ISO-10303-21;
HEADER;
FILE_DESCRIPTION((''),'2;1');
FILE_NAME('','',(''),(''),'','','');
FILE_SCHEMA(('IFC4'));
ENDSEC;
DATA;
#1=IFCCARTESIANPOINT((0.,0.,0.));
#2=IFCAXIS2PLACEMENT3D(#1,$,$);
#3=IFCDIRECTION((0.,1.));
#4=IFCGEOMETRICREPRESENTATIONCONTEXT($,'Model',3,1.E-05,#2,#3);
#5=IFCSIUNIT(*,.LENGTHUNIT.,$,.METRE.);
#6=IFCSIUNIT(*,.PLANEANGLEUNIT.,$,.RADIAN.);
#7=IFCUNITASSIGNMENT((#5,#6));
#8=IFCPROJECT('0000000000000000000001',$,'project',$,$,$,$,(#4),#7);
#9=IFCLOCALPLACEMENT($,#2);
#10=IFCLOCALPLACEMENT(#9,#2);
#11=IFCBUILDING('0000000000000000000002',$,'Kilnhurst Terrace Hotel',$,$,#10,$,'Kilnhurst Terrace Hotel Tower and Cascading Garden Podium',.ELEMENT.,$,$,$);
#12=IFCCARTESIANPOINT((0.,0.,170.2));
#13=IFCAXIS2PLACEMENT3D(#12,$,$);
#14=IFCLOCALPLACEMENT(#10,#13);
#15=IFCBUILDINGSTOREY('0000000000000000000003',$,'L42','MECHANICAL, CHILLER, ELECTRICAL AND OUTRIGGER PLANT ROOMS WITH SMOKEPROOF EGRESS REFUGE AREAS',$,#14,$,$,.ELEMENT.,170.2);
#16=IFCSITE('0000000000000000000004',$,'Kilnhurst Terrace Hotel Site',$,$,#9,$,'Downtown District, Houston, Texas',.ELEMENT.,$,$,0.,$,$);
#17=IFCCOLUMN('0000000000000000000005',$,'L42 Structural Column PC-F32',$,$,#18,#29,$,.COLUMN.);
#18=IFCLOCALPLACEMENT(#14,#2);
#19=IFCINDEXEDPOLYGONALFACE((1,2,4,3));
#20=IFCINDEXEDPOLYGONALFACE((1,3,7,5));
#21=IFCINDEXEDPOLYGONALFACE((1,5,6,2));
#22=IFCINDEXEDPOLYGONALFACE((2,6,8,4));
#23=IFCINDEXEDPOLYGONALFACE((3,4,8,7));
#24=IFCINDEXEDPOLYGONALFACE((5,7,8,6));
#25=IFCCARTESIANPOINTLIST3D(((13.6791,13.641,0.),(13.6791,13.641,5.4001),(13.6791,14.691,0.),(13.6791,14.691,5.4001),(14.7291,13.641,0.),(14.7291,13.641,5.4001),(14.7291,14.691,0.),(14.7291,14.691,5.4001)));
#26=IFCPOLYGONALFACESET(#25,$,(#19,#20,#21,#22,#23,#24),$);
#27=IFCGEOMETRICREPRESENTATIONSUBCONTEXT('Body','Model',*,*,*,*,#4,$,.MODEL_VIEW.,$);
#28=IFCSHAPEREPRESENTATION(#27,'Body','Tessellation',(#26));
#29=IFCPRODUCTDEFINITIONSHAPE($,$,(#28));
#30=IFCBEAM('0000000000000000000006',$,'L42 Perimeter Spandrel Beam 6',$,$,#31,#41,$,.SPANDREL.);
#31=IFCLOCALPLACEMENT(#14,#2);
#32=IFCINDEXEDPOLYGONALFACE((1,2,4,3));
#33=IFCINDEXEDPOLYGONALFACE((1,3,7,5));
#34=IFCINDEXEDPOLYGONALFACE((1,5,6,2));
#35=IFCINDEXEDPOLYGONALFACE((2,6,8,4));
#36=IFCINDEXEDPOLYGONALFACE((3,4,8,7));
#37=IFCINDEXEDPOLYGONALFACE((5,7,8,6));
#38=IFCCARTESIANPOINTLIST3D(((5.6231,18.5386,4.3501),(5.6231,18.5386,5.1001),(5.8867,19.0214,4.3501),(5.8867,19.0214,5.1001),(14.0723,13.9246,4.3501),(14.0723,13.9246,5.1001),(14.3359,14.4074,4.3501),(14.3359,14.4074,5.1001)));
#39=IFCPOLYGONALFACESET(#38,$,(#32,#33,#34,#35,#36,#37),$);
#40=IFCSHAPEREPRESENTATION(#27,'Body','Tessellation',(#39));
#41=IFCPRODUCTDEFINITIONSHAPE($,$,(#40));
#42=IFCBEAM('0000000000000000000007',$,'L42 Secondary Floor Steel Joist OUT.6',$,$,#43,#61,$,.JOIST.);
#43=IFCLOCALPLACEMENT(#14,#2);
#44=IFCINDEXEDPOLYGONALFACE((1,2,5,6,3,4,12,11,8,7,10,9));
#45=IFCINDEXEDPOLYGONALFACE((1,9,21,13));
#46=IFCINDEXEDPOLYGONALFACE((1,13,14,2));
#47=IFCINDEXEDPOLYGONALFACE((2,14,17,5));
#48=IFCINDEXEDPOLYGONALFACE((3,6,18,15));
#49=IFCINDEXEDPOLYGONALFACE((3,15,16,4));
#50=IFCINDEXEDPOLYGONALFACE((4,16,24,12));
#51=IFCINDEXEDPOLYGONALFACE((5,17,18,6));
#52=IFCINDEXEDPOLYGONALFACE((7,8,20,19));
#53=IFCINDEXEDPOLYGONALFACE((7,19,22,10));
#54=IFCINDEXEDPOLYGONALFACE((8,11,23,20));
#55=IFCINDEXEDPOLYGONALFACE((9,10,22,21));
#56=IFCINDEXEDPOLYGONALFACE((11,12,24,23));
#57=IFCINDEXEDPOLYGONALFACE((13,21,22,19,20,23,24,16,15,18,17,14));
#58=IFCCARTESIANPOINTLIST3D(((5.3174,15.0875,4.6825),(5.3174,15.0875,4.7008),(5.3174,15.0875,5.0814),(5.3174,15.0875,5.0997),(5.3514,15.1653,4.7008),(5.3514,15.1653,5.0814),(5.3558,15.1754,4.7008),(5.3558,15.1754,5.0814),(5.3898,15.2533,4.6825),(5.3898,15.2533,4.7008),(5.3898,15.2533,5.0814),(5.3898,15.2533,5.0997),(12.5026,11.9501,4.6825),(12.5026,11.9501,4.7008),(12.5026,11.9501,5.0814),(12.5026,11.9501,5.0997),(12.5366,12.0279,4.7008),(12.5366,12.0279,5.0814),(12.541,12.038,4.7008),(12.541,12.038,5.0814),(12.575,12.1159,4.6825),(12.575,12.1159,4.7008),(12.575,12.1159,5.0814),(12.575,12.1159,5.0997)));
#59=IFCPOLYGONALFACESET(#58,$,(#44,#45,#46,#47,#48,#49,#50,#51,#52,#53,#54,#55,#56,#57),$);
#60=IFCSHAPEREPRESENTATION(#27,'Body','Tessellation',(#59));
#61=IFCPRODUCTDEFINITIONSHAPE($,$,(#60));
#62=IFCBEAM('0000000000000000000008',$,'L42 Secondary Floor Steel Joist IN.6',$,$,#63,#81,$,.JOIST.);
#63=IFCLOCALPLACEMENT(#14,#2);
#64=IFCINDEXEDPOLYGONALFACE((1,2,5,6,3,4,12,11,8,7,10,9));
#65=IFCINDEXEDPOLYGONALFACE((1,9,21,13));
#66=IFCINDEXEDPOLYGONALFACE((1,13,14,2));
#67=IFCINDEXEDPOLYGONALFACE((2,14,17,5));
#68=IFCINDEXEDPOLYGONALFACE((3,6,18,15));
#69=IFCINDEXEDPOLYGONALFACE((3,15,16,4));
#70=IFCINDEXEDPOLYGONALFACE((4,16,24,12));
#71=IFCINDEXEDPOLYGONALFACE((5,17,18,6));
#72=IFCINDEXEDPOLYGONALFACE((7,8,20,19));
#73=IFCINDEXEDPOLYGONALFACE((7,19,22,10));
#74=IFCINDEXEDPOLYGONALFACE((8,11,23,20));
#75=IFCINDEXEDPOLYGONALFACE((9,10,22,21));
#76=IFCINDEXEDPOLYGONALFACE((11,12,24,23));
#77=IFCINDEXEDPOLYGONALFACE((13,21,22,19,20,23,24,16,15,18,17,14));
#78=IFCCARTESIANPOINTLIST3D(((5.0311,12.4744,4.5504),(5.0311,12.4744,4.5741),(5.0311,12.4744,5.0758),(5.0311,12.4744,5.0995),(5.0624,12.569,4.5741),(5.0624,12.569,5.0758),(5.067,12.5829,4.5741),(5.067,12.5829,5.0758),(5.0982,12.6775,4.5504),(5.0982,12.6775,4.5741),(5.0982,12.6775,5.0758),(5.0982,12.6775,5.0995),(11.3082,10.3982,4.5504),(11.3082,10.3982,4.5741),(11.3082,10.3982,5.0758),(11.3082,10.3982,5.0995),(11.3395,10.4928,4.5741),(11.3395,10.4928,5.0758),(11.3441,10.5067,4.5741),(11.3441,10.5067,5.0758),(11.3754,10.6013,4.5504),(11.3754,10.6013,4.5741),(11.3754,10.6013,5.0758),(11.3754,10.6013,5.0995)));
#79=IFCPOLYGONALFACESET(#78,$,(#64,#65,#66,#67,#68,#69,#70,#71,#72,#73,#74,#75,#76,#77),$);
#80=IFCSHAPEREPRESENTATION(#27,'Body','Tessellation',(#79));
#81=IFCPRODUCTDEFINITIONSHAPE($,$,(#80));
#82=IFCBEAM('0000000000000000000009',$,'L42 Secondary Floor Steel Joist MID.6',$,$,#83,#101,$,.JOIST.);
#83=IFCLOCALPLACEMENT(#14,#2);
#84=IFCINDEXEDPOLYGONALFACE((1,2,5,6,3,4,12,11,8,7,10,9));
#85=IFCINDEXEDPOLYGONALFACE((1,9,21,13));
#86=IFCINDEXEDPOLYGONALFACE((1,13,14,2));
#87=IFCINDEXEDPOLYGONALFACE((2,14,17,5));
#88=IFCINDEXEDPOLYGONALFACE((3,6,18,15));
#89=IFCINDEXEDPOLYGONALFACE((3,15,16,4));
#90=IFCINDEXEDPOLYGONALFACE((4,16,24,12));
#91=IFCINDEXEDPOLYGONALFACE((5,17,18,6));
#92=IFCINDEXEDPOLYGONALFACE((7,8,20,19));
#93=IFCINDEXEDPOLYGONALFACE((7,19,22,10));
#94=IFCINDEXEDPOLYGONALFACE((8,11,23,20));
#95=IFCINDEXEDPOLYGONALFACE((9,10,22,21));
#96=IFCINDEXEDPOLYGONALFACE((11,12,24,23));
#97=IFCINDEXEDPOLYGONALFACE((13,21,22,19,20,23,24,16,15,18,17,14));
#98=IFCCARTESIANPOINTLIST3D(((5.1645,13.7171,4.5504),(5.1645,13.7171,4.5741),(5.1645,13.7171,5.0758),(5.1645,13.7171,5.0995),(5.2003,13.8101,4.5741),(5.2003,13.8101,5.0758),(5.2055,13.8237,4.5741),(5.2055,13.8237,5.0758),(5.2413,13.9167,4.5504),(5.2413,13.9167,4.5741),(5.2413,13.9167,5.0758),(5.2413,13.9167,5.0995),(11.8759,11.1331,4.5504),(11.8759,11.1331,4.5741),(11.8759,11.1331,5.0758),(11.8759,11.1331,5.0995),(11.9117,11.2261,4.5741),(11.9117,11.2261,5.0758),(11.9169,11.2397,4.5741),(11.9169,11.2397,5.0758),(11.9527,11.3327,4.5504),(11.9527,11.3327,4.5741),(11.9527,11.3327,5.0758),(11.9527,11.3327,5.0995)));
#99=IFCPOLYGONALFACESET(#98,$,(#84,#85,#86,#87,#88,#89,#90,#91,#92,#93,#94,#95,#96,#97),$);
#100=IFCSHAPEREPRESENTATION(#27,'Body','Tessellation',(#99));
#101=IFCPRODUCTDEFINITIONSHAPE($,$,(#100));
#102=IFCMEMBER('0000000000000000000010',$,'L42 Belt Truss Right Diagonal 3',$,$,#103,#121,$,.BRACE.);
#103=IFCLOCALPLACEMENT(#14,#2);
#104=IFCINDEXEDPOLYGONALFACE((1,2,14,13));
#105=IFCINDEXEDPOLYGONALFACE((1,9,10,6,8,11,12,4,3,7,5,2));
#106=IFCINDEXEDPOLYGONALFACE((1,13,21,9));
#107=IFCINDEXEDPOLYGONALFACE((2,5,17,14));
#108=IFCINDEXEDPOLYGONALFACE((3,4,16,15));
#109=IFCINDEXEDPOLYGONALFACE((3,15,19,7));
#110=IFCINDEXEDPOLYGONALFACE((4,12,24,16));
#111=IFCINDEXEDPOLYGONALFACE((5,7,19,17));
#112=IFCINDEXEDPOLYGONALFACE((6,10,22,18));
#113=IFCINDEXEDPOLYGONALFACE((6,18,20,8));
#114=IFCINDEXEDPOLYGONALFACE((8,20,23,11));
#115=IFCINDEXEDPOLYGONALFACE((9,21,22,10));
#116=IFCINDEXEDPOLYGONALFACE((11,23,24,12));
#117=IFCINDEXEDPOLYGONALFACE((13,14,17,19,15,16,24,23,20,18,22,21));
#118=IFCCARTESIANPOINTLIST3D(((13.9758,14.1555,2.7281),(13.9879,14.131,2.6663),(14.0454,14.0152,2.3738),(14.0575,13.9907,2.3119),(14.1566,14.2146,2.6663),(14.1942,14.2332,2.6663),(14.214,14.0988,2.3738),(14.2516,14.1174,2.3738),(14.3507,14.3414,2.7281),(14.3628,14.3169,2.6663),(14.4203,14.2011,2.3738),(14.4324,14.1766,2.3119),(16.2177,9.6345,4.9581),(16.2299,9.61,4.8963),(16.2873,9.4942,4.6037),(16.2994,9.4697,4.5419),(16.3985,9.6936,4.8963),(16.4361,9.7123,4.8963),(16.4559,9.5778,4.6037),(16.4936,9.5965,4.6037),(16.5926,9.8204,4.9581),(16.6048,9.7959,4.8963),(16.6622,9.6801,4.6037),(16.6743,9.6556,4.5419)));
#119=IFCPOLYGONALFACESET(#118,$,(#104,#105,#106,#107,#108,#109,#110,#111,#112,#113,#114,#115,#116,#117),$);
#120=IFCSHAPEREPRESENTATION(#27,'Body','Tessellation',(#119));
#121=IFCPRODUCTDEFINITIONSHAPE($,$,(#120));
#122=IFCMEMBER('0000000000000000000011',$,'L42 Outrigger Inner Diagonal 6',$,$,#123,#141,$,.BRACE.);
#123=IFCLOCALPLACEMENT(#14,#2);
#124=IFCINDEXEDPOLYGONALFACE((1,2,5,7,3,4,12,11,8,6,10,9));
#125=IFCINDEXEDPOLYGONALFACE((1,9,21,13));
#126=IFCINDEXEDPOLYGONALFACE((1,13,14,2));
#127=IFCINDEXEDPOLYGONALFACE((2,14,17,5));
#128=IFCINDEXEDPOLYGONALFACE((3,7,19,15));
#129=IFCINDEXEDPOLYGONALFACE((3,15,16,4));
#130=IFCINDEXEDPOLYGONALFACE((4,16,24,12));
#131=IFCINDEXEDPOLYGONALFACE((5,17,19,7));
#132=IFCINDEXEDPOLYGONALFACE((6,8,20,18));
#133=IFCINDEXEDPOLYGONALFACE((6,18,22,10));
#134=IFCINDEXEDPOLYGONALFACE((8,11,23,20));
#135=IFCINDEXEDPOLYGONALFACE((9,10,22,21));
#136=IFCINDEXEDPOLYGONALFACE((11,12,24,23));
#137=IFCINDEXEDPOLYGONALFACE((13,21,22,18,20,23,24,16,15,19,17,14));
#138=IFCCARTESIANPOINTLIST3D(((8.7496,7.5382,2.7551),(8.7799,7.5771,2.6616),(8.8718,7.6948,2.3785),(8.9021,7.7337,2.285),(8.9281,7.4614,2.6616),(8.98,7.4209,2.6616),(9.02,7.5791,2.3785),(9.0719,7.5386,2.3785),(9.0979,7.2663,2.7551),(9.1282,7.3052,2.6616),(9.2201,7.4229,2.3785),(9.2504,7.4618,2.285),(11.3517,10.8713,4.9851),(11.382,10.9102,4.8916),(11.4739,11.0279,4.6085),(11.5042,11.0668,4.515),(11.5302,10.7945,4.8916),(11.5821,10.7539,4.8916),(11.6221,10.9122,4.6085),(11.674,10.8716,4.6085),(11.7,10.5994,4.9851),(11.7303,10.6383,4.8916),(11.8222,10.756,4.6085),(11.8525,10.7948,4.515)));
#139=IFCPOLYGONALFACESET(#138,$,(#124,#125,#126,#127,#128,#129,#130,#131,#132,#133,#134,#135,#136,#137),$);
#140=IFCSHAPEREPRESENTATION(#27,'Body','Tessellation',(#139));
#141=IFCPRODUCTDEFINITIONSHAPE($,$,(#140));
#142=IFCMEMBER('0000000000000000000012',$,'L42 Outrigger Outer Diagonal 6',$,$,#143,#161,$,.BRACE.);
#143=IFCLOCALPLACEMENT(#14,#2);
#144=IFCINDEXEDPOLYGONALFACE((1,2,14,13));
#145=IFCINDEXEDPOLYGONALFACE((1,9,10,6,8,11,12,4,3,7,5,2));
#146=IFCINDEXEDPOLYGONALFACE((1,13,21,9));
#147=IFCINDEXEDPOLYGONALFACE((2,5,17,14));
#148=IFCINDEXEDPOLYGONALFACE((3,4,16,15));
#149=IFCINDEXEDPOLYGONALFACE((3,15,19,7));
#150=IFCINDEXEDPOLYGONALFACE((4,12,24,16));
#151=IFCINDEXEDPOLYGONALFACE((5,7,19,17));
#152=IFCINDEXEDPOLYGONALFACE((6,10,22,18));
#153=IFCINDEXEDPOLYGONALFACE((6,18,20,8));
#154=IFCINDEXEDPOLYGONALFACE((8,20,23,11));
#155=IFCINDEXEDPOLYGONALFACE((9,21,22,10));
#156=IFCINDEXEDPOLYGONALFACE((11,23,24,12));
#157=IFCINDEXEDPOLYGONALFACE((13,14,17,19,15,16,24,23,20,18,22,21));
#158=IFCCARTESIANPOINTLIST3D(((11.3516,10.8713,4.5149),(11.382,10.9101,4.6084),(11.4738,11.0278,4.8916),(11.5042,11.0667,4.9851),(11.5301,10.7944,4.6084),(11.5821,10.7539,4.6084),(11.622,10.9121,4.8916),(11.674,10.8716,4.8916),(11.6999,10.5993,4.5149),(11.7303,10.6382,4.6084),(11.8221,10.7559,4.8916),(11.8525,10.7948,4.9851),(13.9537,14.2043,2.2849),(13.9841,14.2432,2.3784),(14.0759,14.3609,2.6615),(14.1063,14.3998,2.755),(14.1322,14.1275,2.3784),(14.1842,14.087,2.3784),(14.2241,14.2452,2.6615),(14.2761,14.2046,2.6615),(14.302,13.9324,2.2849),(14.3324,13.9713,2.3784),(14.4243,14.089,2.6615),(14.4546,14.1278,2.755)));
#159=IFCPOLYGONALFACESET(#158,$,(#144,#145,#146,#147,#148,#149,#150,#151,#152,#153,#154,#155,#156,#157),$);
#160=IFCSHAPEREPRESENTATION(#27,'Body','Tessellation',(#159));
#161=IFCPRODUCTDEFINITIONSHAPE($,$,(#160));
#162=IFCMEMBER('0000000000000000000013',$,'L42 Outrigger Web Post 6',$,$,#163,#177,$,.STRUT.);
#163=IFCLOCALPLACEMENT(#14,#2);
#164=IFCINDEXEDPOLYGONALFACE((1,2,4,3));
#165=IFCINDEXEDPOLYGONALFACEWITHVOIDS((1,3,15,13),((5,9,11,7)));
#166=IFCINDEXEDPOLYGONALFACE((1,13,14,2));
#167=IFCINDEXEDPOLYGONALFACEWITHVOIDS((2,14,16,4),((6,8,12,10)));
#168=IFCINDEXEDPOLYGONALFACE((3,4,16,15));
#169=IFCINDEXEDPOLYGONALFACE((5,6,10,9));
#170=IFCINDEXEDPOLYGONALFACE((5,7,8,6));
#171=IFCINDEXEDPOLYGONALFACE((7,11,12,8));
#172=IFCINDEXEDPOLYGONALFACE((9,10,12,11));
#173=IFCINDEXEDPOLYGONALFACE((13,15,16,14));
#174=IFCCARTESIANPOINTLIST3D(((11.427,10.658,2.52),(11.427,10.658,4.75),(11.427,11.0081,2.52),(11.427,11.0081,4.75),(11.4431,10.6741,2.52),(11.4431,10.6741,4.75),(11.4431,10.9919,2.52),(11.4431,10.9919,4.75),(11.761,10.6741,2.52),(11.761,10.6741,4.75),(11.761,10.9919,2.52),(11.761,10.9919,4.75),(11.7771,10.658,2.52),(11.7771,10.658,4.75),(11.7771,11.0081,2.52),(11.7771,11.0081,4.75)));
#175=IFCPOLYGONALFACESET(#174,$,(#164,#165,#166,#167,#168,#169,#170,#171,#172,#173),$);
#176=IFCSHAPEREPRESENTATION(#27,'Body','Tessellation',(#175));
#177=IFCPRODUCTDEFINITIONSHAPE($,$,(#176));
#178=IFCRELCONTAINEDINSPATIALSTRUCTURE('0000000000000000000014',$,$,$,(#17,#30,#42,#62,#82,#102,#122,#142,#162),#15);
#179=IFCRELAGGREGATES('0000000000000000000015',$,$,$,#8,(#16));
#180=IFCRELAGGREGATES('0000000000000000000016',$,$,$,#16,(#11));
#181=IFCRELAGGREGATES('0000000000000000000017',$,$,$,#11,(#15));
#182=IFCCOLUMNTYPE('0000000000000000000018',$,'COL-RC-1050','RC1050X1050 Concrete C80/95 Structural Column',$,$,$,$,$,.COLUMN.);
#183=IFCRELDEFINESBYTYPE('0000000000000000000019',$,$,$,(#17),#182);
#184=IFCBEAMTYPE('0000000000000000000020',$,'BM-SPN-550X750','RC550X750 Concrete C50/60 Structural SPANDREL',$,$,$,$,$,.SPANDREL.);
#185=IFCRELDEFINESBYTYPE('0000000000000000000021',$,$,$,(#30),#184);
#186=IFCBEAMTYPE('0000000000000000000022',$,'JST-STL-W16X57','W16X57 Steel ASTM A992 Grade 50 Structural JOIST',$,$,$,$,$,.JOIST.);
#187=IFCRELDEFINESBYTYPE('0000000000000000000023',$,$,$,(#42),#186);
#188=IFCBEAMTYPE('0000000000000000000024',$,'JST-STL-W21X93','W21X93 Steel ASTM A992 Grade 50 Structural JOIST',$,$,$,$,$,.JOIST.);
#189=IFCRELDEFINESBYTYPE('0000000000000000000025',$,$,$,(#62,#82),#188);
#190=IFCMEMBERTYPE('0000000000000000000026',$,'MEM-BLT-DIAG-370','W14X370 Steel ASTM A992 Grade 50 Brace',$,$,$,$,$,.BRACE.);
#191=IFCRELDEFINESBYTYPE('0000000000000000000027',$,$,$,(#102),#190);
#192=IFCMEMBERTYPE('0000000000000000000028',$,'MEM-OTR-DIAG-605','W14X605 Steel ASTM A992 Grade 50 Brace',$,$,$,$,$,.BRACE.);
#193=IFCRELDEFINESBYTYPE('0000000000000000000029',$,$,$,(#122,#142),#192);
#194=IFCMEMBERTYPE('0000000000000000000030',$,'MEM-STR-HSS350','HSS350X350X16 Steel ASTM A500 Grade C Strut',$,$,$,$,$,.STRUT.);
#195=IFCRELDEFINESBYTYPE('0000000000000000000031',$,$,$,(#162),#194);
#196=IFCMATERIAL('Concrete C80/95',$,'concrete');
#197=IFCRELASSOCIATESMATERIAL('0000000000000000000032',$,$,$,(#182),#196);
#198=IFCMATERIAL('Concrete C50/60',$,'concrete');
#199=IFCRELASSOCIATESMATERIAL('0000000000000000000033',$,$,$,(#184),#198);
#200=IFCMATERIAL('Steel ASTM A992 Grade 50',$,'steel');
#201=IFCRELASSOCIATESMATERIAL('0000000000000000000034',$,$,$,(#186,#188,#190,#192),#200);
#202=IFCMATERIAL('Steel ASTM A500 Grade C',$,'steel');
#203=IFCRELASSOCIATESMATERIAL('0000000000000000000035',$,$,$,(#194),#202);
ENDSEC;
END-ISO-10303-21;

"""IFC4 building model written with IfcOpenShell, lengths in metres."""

from ifc_helpers import new_model, si_unit, direction, frame, origin, origin_2d, place, context, subcontext, project, spatial, rectangle, hollow_rectangle, i_section, extrude, material, material_profile, profile_set, type_object, element, save


model = new_model("IFC4")

# Units and contexts
model_context = context("Model", 3, precision=1e-05, world=origin(), true_north=direction((0.0, 1.0)))
body_context = subcontext(model_context, "Body", "Model", "MODEL_VIEW")
ifc_project = project(units=[si_unit("LENGTHUNIT", "METRE"), si_unit("PLANEANGLEUNIT", "RADIAN")], contexts=[model_context])

# Site, building, storey
site_placement = place(None, origin())
site = spatial("IfcSite", under=ifc_project, at=site_placement, Name="Kilnhurst Terrace Hotel Site", LongName="Downtown District, Houston, Texas", CompositionType="ELEMENT", RefElevation=0.0)
building_placement = place(site_placement, origin())
building = spatial("IfcBuilding", under=site, at=building_placement, Name="Kilnhurst Terrace Hotel", LongName="Kilnhurst Terrace Hotel Tower and Cascading Garden Podium", CompositionType="ELEMENT")
storey_placement = place(building_placement, frame((0.0, 0.0, 170.2)))
storey = spatial("IfcBuildingStorey", under=building, at=storey_placement, Name="L42", Description="MECHANICAL, CHILLER, ELECTRICAL AND OUTRIGGER PLANT ROOMS WITH SMOKEPROOF EGRESS REFUGE AREAS", CompositionType="ELEMENT", Elevation=170.2)

# Column
ifc_material_1 = material(Name="Concrete C80/95", Category="concrete")
ifc_material_profile_1 = material_profile(ifc_material_1, rectangle(XDim=1.05, YDim=1.05, at=origin_2d()), Name="RC1050X1050")
ifc_profile_set_1 = profile_set([ifc_material_profile_1], Name="Concrete C80/95")
column_type = type_object("IfcColumnType", Name="COL-RC-1050", Description="RC1050X1050 Concrete C80/95 Structural Column", PredefinedType="COLUMN", material=ifc_profile_set_1)
column_placement = place(storey_placement, frame((14.2041, 14.166, 0.0), z_axis=(0.0, 0.0, 1.0), x_axis=(1.0, 0.0, 0.0)))
element("IfcColumn", 1, at=column_placement, inside=storey, type_object=column_type, Name="L42 Structural Column PC-F32", PredefinedType="COLUMN", context=body_context, shape_type="SweptSolid", body=[
    extrude(rectangle(XDim=1.05, YDim=1.05, at=origin_2d()), origin(), (0.0, 0.0, 1.0), 5.4001),
])

# Beams
ifc_material_2 = material(Name="Concrete C50/60", Category="concrete")
ifc_material_profile_2 = material_profile(ifc_material_2, rectangle(XDim=0.55, YDim=0.75, at=origin_2d()), Name="RC550X750")
ifc_profile_set_2 = profile_set([ifc_material_profile_2], Name="Concrete C50/60")
beam_type_1 = type_object("IfcBeamType", Name="BM-SPN-550X750", Description="RC550X750 Concrete C50/60 Structural SPANDREL", PredefinedType="SPANDREL", material=ifc_profile_set_2)
beam_1_placement = place(storey_placement, frame((14.2041, 14.166, 4.7251), z_axis=(-0.877662, 0.47928, 0.0), x_axis=(-0.47928, -0.877662, 0.0)))
element("IfcBeam", 2, at=beam_1_placement, inside=storey, type_object=beam_type_1, Name="L42 Perimeter Spandrel Beam 6", PredefinedType="SPANDREL", context=body_context, shape_type="SweptSolid", body=[
    extrude(rectangle(XDim=0.55, YDim=0.75, at=origin_2d()), origin(), (0.0, 0.0, 1.0), 9.627),
])
ifc_material_3 = material(Name="Steel ASTM A992 Grade 50", Category="steel")
ifc_material_profile_3 = material_profile(ifc_material_3, i_section(OverallWidth=0.1809, OverallDepth=0.4172, WebThickness=0.011, FlangeThickness=0.0183, at=origin_2d()), Name="W16X57")
ifc_profile_set_3 = profile_set([ifc_material_profile_3], Name="Steel ASTM A992 Grade 50")
beam_type_2 = type_object("IfcBeamType", Name="JST-STL-W16X57", Description="W16X57 Steel ASTM A992 Grade 50 Structural JOIST", PredefinedType="JOIST", material=ifc_profile_set_3)
beam_2_placement = place(storey_placement, frame((12.5388, 12.033, 4.8911), z_axis=(-0.916444, 0.400164, 0.0), x_axis=(-0.400164, -0.916444, 0.0)))
element("IfcBeam", 3, at=beam_2_placement, inside=storey, type_object=beam_type_2, Name="L42 Secondary Floor Steel Joist OUT.6", PredefinedType="JOIST", context=body_context, shape_type="SweptSolid", body=[
    extrude(i_section(OverallWidth=0.1809, OverallDepth=0.4172, WebThickness=0.011, FlangeThickness=0.0183, at=origin_2d()), origin(), (0.0, 0.0, 1.0), 7.8403),
])
ifc_material_profile_4 = material_profile(ifc_material_3, i_section(OverallWidth=0.2139, OverallDepth=0.5491, WebThickness=0.0146, FlangeThickness=0.0237, at=origin_2d()), Name="W21X93")
ifc_profile_set_4 = profile_set([ifc_material_profile_4], Name="Steel ASTM A992 Grade 50")
beam_type_3 = type_object("IfcBeamType", Name="JST-STL-W21X93", Description="W21X93 Steel ASTM A992 Grade 50 Structural JOIST", PredefinedType="JOIST", material=ifc_profile_set_4)
beam_3_placement = place(storey_placement, frame((11.3418, 10.4998, 4.825), z_axis=(-0.949416, 0.314022, 0.0), x_axis=(-0.314022, -0.949416, 0.0)))
element("IfcBeam", 4, at=beam_3_placement, inside=storey, type_object=beam_type_3, Name="L42 Secondary Floor Steel Joist IN.6", PredefinedType="JOIST", context=body_context, shape_type="SweptSolid", body=[
    extrude(i_section(OverallWidth=0.2139, OverallDepth=0.5491, WebThickness=0.0146, FlangeThickness=0.0237, at=origin_2d()), origin(), (0.0, 0.0, 1.0), 6.6116),
])
beam_4_placement = place(storey_placement, frame((11.9143, 11.2329, 4.825), z_axis=(-0.933221, 0.359302, 0.0), x_axis=(-0.359302, -0.933221, 0.0)))
element("IfcBeam", 5, at=beam_4_placement, inside=storey, type_object=beam_type_3, Name="L42 Secondary Floor Steel Joist MID.6", PredefinedType="JOIST", context=body_context, shape_type="SweptSolid", body=[
    extrude(i_section(OverallWidth=0.2139, OverallDepth=0.5491, WebThickness=0.0146, FlangeThickness=0.0237, at=origin_2d()), origin(), (0.0, 0.0, 1.0), 7.1917),
])

# Members
ifc_material_profile_5 = material_profile(ifc_material_3, i_section(OverallWidth=0.4185, OverallDepth=0.4551, WebThickness=0.042, FlangeThickness=0.0676, at=origin_2d()), Name="W14X370")
ifc_profile_set_5 = profile_set([ifc_material_profile_5], Name="Steel ASTM A992 Grade 50")
member_type_1 = type_object("IfcMemberType", Name="MEM-BLT-DIAG-370", Description="W14X370 Steel ASTM A992 Grade 50 Brace", PredefinedType="BRACE", material=ifc_profile_set_5)
member_1_placement = place(storey_placement, frame((14.2041, 14.166, 2.52), z_axis=(0.406362, -0.81945, 0.404193), x_axis=(0.895893, 0.44427, 0.0)))
element("IfcMember", 6, at=member_1_placement, inside=storey, type_object=member_type_1, Name="L42 Belt Truss Right Diagonal 3", PredefinedType="BRACE", context=body_context, shape_type="SweptSolid", body=[
    extrude(i_section(OverallWidth=0.4185, OverallDepth=0.4551, WebThickness=0.042, FlangeThickness=0.0676, at=origin_2d()), origin(), (0.0, 0.0, 1.0), 5.5171),
])
ifc_material_profile_6 = material_profile(ifc_material_3, i_section(OverallWidth=0.4419, OverallDepth=0.5315, WebThickness=0.0659, FlangeThickness=0.1057, at=origin_2d()), Name="W14X605")
ifc_profile_set_6 = profile_set([ifc_material_profile_6], Name="Steel ASTM A992 Grade 50")
member_type_2 = type_object("IfcMemberType", Name="MEM-OTR-DIAG-605", Description="W14X605 Steel ASTM A992 Grade 50 Brace", PredefinedType="BRACE", material=ifc_profile_set_6)
for number, where, z_axis, x_axis, name in (
    (7, (9.0, 7.5, 2.52), (0.544314, 0.697221, 0.466482), (-0.788238, 0.615371, 0.0), "L42 Outrigger Inner Diagonal 6"),
    (8, (11.6021, 10.833, 4.75), (0.544314, 0.697221, -0.466482), (-0.788238, 0.615371, 0.0), "L42 Outrigger Outer Diagonal 6"),
):
    element("IfcMember", number, at=place(storey_placement, frame(where, z_axis=z_axis, x_axis=x_axis)), inside=storey, type_object=member_type_2, Name=name, PredefinedType="BRACE", context=body_context, shape_type="SweptSolid", body=[
        extrude(i_section(OverallWidth=0.4419, OverallDepth=0.5315, WebThickness=0.0659, FlangeThickness=0.1057, at=origin_2d()), origin(), (0.0, 0.0, 1.0), 4.7805),
    ])
ifc_material_4 = material(Name="Steel ASTM A500 Grade C", Category="steel")
ifc_material_profile_7 = material_profile(ifc_material_4, hollow_rectangle(XDim=0.3501, YDim=0.3501, WallThickness=0.0161, at=origin_2d()), Name="HSS350X350X16")
ifc_profile_set_7 = profile_set([ifc_material_profile_7], Name="Steel ASTM A500 Grade C")
member_type_3 = type_object("IfcMemberType", Name="MEM-STR-HSS350", Description="HSS350X350X16 Steel ASTM A500 Grade C Strut", PredefinedType="STRUT", material=ifc_profile_set_7)
member_2_placement = place(storey_placement, frame((11.6021, 10.833, 2.52), z_axis=(0.0, 0.0, 1.0), x_axis=(1.0, 0.0, 0.0)))
element("IfcMember", 9, at=member_2_placement, inside=storey, type_object=member_type_3, Name="L42 Outrigger Web Post 6", PredefinedType="STRUT", context=body_context, shape_type="SweptSolid", body=[
    extrude(hollow_rectangle(XDim=0.3501, YDim=0.3501, WallThickness=0.0161, at=origin_2d()), origin(), (0.0, 0.0, 1.0), 2.23),
])

save(model, "model.ifc")
